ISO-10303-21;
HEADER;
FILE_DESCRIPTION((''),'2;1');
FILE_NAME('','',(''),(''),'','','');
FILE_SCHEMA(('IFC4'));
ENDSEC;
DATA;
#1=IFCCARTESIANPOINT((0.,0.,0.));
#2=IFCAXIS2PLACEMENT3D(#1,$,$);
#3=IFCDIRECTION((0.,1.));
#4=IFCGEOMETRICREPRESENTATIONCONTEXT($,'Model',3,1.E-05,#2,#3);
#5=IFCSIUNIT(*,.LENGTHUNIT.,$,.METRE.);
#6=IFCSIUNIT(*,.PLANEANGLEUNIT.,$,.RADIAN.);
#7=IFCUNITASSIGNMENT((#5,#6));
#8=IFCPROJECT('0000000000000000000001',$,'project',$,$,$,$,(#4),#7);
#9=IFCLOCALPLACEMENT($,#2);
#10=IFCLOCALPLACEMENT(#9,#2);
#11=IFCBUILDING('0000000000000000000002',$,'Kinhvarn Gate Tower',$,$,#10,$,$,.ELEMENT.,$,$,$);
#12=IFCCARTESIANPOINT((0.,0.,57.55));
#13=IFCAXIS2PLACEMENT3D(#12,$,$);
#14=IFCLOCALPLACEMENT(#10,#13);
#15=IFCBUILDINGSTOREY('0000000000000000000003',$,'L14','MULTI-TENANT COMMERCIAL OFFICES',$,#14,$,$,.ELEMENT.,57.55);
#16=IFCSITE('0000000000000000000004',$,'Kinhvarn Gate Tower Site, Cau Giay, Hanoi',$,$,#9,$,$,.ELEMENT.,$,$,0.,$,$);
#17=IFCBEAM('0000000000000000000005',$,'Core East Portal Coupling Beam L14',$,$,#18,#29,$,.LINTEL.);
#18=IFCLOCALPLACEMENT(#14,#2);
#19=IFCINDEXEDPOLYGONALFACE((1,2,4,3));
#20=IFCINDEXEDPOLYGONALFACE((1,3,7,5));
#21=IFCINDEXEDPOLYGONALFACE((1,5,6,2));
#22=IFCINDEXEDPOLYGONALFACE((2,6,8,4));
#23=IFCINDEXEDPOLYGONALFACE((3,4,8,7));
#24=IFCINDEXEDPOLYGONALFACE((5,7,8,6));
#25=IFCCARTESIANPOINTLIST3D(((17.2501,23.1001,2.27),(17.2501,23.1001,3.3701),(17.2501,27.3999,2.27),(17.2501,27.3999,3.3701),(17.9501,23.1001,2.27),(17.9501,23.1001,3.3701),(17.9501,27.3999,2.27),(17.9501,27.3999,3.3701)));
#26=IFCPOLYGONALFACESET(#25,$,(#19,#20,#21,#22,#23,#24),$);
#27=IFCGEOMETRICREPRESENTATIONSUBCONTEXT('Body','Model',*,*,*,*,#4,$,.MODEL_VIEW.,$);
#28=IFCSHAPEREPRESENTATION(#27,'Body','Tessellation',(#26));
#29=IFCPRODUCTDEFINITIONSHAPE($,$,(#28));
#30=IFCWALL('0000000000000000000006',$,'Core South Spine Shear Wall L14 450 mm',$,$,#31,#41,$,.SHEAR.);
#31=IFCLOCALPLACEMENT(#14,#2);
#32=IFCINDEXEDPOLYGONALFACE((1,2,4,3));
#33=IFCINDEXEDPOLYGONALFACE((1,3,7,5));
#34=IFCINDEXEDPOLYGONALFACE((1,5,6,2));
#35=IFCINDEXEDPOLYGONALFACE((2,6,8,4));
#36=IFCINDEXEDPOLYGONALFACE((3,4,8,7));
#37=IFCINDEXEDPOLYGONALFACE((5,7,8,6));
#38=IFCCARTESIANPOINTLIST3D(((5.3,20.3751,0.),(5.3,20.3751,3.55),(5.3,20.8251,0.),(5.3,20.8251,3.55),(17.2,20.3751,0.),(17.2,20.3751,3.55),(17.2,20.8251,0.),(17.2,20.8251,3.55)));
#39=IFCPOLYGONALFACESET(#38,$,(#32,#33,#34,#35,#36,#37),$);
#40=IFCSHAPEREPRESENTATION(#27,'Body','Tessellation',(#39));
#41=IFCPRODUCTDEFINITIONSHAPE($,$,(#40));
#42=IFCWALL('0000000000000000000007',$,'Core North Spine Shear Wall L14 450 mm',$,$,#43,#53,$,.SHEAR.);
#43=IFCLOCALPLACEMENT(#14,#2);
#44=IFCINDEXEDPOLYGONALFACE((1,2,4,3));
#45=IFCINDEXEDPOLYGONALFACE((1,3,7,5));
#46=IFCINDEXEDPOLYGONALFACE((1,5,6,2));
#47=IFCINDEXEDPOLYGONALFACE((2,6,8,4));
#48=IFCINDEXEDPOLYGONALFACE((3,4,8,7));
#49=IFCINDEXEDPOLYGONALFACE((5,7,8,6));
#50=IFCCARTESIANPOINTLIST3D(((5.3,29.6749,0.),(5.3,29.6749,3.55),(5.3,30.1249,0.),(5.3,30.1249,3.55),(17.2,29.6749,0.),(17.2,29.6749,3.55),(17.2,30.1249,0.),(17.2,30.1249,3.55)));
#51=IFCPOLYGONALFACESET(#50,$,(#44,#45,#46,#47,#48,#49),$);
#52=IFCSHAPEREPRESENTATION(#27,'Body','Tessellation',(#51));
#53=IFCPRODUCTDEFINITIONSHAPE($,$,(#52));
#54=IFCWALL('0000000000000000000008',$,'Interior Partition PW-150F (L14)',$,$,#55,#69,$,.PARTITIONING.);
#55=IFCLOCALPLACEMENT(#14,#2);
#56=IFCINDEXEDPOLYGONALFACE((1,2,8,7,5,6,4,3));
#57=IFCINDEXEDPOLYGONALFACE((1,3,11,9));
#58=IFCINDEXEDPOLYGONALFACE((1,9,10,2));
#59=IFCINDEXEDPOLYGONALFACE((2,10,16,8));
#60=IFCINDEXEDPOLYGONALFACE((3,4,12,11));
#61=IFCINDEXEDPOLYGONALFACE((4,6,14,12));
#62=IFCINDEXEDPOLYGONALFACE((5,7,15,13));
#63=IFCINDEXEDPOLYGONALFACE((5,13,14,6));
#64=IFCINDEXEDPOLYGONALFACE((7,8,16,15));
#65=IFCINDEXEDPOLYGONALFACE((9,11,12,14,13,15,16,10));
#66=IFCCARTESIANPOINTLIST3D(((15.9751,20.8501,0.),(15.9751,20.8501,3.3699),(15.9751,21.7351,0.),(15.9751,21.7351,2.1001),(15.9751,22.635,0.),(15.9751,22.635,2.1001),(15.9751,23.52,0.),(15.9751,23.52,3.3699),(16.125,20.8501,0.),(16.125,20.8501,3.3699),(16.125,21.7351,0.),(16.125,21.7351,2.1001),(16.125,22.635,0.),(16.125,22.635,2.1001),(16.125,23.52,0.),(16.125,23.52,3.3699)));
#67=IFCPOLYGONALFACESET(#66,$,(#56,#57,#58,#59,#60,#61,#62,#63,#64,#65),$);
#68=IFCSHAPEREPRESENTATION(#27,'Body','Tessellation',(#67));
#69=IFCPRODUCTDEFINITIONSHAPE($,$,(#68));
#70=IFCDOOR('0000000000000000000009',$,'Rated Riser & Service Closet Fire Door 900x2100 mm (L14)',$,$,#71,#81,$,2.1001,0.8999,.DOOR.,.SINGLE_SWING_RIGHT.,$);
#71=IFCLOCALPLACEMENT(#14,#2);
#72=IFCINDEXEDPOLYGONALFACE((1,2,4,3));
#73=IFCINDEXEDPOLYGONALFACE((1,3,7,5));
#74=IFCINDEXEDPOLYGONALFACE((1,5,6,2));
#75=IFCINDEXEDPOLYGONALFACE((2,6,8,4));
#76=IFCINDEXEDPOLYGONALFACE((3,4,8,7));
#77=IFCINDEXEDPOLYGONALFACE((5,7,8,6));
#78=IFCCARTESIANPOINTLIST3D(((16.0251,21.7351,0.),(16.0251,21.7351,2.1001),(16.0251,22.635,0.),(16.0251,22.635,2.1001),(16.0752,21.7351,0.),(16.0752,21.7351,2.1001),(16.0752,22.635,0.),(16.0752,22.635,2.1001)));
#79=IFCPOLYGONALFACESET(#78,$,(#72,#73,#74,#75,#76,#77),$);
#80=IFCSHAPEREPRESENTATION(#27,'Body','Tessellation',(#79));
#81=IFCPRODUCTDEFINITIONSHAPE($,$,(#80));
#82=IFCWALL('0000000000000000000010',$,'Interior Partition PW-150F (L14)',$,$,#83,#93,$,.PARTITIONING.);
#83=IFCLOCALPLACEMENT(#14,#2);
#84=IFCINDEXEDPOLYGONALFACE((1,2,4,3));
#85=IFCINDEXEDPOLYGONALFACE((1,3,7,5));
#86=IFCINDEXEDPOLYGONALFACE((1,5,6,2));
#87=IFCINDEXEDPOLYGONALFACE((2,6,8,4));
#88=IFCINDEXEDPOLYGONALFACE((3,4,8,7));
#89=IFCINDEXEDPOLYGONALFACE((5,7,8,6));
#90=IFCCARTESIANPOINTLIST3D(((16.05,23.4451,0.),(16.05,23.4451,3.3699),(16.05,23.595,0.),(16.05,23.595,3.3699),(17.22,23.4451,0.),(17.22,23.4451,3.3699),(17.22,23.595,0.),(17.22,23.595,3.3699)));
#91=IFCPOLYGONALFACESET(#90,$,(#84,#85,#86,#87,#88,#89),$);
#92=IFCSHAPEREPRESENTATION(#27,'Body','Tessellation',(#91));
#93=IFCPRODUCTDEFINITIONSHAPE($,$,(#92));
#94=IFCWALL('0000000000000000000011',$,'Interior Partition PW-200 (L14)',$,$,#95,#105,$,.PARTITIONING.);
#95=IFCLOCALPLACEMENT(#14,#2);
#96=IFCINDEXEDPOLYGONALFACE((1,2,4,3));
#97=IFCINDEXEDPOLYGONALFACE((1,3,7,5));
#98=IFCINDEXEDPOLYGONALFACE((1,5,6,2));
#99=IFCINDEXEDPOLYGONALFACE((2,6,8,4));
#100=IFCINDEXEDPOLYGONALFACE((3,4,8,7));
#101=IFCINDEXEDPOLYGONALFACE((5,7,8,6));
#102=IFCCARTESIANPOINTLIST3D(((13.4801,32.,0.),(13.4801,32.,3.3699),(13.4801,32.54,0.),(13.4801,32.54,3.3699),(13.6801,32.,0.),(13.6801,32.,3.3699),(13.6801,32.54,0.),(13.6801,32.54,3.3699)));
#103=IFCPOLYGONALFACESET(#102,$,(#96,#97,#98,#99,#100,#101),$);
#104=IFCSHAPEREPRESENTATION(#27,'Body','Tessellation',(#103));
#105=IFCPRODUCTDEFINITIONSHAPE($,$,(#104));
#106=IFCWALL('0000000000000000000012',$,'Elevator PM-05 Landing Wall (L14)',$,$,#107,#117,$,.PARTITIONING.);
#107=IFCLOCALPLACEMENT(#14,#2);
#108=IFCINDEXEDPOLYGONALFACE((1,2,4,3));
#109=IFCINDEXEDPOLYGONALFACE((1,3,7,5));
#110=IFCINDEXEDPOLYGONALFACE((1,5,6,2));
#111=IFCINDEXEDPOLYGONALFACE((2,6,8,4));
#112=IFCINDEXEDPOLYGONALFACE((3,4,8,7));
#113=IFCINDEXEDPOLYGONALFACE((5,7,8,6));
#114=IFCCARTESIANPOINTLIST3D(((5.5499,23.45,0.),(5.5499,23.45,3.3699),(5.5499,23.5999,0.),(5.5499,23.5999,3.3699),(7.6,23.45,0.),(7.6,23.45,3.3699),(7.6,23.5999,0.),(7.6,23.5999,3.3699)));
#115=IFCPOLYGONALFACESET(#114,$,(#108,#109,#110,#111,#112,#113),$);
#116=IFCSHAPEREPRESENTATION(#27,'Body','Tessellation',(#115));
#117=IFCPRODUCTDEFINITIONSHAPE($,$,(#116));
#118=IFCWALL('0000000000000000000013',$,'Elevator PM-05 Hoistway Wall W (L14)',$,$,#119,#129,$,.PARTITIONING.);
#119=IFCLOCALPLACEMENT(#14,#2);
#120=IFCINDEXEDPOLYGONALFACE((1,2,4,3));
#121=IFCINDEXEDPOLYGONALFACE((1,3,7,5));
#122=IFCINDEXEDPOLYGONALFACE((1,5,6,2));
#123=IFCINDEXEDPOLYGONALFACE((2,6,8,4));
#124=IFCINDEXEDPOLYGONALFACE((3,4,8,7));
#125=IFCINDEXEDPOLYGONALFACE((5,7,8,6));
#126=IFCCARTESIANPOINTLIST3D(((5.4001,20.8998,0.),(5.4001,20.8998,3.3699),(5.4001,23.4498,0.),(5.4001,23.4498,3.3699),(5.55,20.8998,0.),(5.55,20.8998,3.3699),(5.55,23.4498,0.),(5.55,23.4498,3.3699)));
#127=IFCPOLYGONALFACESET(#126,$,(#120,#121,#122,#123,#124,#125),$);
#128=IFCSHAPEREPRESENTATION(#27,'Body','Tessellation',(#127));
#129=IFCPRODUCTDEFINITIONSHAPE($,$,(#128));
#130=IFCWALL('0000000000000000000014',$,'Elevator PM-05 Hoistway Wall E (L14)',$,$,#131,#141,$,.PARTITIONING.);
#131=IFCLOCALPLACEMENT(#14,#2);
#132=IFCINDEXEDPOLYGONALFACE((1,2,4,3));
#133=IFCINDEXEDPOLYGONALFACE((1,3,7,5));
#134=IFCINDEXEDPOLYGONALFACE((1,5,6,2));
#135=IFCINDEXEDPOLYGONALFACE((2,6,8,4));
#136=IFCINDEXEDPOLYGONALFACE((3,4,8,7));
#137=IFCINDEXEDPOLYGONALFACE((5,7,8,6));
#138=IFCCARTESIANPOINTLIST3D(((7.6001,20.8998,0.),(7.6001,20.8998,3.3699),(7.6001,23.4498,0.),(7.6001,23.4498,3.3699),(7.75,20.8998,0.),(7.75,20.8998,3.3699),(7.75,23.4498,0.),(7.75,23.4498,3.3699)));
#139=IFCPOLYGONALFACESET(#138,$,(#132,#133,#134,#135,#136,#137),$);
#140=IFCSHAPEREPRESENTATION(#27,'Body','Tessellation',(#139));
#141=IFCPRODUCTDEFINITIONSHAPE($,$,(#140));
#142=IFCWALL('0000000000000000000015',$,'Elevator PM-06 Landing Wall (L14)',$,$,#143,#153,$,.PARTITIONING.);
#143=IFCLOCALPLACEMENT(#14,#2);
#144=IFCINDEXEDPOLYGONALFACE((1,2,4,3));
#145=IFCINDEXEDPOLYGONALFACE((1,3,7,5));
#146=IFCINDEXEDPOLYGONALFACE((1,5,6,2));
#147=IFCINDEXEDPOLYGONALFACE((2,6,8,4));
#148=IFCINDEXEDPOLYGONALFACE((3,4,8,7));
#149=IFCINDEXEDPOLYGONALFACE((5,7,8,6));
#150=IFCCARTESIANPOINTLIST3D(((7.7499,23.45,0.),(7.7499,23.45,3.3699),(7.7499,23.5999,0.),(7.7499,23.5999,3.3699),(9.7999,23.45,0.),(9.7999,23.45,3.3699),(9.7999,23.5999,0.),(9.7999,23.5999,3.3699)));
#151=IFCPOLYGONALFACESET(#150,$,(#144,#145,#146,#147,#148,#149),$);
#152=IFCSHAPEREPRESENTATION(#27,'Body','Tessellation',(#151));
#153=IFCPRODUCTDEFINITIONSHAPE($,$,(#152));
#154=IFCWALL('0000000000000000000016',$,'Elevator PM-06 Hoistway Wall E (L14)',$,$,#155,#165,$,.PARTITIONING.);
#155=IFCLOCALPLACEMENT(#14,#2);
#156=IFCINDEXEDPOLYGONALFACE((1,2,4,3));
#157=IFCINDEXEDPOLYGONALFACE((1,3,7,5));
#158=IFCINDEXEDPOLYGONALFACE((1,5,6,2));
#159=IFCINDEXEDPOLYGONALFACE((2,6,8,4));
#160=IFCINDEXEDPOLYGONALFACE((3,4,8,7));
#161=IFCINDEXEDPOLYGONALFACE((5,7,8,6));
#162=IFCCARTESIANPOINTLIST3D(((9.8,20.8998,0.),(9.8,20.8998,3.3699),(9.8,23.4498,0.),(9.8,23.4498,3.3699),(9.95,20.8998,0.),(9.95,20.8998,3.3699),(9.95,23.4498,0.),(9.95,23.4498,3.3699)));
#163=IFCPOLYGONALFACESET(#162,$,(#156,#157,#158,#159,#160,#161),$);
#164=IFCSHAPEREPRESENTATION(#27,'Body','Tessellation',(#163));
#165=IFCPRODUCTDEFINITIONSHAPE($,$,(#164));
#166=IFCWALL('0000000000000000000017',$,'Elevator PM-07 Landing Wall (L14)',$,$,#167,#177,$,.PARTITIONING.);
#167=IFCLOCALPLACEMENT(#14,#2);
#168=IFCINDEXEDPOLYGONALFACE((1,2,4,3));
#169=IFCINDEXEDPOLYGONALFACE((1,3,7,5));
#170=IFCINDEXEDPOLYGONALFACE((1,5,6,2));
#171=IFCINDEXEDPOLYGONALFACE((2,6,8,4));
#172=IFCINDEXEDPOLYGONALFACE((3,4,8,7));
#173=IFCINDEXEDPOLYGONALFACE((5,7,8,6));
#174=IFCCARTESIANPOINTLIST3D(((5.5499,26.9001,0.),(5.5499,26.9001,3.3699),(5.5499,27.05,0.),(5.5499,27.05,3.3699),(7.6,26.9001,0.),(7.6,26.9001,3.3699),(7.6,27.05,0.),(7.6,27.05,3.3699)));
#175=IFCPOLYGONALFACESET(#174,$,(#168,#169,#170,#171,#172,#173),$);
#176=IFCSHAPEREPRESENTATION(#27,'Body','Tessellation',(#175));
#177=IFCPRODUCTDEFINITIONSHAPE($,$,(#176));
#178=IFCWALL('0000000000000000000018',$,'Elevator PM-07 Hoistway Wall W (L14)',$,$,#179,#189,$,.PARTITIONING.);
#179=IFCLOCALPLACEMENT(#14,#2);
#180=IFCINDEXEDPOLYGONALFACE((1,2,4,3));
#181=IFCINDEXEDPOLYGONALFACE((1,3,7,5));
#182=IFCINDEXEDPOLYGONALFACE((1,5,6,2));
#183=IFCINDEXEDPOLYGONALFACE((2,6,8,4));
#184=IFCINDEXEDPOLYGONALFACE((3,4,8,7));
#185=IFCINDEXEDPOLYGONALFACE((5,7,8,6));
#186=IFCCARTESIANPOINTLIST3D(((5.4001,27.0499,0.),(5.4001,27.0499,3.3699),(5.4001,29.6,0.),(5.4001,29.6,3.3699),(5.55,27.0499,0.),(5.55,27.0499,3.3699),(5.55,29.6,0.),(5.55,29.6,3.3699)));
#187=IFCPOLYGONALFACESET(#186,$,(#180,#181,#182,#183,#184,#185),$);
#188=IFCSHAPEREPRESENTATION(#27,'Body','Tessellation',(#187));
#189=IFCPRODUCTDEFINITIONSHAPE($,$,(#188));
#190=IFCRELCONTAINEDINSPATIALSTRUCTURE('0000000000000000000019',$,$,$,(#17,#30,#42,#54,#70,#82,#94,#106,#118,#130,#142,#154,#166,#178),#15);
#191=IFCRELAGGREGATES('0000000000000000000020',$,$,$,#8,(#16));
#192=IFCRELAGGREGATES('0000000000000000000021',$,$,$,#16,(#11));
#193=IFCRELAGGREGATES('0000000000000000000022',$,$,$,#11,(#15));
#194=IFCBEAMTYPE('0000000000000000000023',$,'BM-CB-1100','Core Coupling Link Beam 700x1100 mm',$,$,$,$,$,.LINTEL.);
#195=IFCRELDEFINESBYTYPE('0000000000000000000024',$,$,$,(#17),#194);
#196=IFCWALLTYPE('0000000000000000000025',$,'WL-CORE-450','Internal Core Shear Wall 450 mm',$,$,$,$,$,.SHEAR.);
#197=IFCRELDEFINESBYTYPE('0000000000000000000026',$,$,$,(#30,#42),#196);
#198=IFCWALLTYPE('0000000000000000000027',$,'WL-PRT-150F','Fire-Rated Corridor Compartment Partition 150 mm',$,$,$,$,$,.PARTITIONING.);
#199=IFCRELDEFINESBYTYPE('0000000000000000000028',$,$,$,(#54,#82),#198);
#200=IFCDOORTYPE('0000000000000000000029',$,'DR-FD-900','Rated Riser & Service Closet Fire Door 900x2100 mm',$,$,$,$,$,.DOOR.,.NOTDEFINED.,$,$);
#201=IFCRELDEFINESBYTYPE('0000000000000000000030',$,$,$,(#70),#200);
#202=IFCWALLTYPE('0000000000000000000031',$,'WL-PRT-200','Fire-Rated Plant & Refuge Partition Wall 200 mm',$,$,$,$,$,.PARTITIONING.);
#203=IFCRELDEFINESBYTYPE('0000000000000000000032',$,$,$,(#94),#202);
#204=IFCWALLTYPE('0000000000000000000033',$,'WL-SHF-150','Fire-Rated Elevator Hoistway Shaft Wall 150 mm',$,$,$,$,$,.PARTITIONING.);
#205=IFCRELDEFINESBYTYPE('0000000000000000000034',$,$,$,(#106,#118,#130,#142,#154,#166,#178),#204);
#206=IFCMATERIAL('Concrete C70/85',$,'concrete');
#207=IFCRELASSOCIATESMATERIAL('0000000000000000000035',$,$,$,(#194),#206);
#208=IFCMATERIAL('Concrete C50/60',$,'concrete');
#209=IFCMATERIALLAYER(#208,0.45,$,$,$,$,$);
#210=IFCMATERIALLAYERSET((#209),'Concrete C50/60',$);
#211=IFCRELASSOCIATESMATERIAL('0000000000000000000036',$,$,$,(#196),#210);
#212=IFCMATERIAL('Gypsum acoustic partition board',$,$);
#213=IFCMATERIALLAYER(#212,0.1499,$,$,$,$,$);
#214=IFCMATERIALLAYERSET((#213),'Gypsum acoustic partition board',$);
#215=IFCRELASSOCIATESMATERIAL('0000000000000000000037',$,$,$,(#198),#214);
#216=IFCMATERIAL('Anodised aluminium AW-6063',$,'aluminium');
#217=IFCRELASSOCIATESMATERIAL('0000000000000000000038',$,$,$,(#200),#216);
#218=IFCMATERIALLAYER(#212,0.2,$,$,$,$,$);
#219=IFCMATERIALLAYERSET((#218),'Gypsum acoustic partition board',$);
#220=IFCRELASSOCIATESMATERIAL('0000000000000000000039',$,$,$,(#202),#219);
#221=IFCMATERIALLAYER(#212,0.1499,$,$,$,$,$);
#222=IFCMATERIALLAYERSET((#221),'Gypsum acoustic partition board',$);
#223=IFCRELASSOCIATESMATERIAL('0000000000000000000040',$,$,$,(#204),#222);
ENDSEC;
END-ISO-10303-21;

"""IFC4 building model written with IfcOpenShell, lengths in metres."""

from ifc_helpers import new_model, si_unit, direction, frame, frame_2d, origin, origin_2d, place, context, subcontext, project, spatial, rectangle, extrude, material, layer, layer_set, material_profile, profile_set, type_object, element, fill, save


model = new_model("IFC4")

# Units and contexts
model_context = context("Model", 3, precision=1e-05, world=origin(), true_north=direction((0.0, 1.0)))
body_context = subcontext(model_context, "Body", "Model", "MODEL_VIEW")
ifc_project = project(units=[si_unit("LENGTHUNIT", "METRE"), si_unit("PLANEANGLEUNIT", "RADIAN")], contexts=[model_context])

# Site, building, storey
site_placement = place(None, origin())
site = spatial("IfcSite", under=ifc_project, at=site_placement, Name="Kinhvarn Gate Tower Site, Cau Giay, Hanoi", CompositionType="ELEMENT", RefElevation=0.0)
building_placement = place(site_placement, origin())
building = spatial("IfcBuilding", under=site, at=building_placement, Name="Kinhvarn Gate Tower", CompositionType="ELEMENT")
storey_placement = place(building_placement, frame((0.0, 0.0, 57.55)))
storey = spatial("IfcBuildingStorey", under=building, at=storey_placement, Name="L14", Description="MULTI-TENANT COMMERCIAL OFFICES", CompositionType="ELEMENT", Elevation=57.55)

# Beam
ifc_material_1 = material(Name="Concrete C70/85", Category="concrete")
ifc_material_profile = material_profile(ifc_material_1, rectangle(XDim=0.7, YDim=1.1001, at=origin_2d()), Name="RC 700x1100")
ifc_profile_set = profile_set([ifc_material_profile], Name="Concrete C70/85")
beam_type = type_object("IfcBeamType", Name="BM-CB-1100", Description="Core Coupling Link Beam 700x1100 mm", PredefinedType="LINTEL", material=ifc_profile_set)
beam_placement = place(storey_placement, frame((17.6001, 23.1001, 2.8201), z_axis=(0.0, 1.0, 0.0), x_axis=(-1.0, 0.0, 0.0)))
element("IfcBeam", 1, at=beam_placement, inside=storey, type_object=beam_type, Name="Core East Portal Coupling Beam L14", PredefinedType="LINTEL", context=body_context, shape_type="SweptSolid", body=[
    extrude(rectangle(XDim=0.7, YDim=1.1001, at=origin_2d()), origin(), (0.0, 0.0, 1.0), 4.2998),
])

# Walls
ifc_material_2 = material(Name="Concrete C50/60", Category="concrete")
ifc_layer_1 = layer(ifc_material_2, 0.45)
ifc_layer_set_1 = layer_set([ifc_layer_1], Name="Concrete C50/60")
wall_type_1 = type_object("IfcWallType", Name="WL-CORE-450", Description="Internal Core Shear Wall 450 mm", PredefinedType="SHEAR", material=ifc_layer_set_1)
for number, where, z_axis, x_axis, name in (
    (2, (5.3, 20.6001, 0.0), (0.0, 0.0, 1.0), (1.0, 0.0, 0.0), "Core South Spine Shear Wall L14 450 mm"),
    (3, (5.3, 29.8999, 0.0), (0.0, 0.0, 1.0), (1.0, 0.0, 0.0), "Core North Spine Shear Wall L14 450 mm"),
):
    element("IfcWall", number, at=place(storey_placement, frame(where, z_axis=z_axis, x_axis=x_axis)), inside=storey, type_object=wall_type_1, Name=name, PredefinedType="SHEAR", context=body_context, shape_type="SweptSolid", body=[
        extrude(rectangle(XDim=11.8999, YDim=0.45, at=frame_2d((5.95, 0.0))), origin(), (0.0, 0.0, 1.0), 3.55),
    ])

# Wall, opening, door
ifc_material_3 = material(Name="Anodised aluminium AW-6063", Category="aluminium")
ifc_material_4 = material(Name="Gypsum acoustic partition board")
ifc_layer_2 = layer(ifc_material_4, 0.1499)
ifc_layer_set_2 = layer_set([ifc_layer_2], Name="Gypsum acoustic partition board")
wall_type_2 = type_object("IfcWallType", Name="WL-PRT-150F", Description="Fire-Rated Corridor Compartment Partition 150 mm", PredefinedType="PARTITIONING", material=ifc_layer_set_2)
wall_1_placement = place(storey_placement, frame((16.05, 20.8501, 0.0), z_axis=(0.0, 0.0, 1.0), x_axis=(0.0, 1.0, 0.0)))
wall_1 = element("IfcWall", 4, at=wall_1_placement, inside=storey, type_object=wall_type_2, Name="Interior Partition PW-150F (L14)", PredefinedType="PARTITIONING", context=body_context, shape_type="SweptSolid", body=[
    extrude(rectangle(XDim=2.6699, YDim=0.1499, at=frame_2d((1.335, 0.0))), origin(), (0.0, 0.0, 1.0), 3.3699),
])
opening_1_placement = place(wall_1_placement, frame((0.885, 0.0, 0.0)))
opening_1 = element("IfcOpeningElement", 5, at=opening_1_placement, cuts=wall_1, PredefinedType="OPENING", context=body_context, shape_type="SweptSolid", body=[
    extrude(rectangle(XDim=0.8999, YDim=2.1001, at=frame_2d((0.45, 1.05))), frame((0.0, 0.085, 0.0), z_axis=(0.0, -1.0, 0.0), x_axis=(1.0, 0.0, 0.0)), (0.0, 0.0, 1.0), 0.1699),
])
door_type_1 = type_object("IfcDoorType", Name="DR-FD-900", Description="Rated Riser & Service Closet Fire Door 900x2100 mm", OperationType="NOTDEFINED", PredefinedType="DOOR", material=ifc_material_3)
door_1_placement = place(opening_1_placement, origin())
door_1 = element("IfcDoor", 6, at=door_1_placement, inside=storey, type_object=door_type_1, Name="Rated Riser & Service Closet Fire Door 900x2100 mm (L14)", OperationType="SINGLE_SWING_RIGHT", OverallHeight=2.1001, OverallWidth=0.8999, PredefinedType="DOOR", context=body_context, shape_type="SweptSolid", body=[
    extrude(rectangle(XDim=0.8999, YDim=2.1001, at=frame_2d((0.45, 1.05))), frame((0.0, 0.0249, 0.0), z_axis=(0.0, -1.0, 0.0), x_axis=(1.0, 0.0, 0.0)), (0.0, 0.0, 1.0), 0.05),
])
fill(opening_1, door_1)

# Walls
wall_2_placement = place(storey_placement, frame((16.05, 23.52, 0.0), z_axis=(0.0, 0.0, 1.0), x_axis=(1.0, 0.0, 0.0)))
element("IfcWall", 7, at=wall_2_placement, inside=storey, type_object=wall_type_2, Name="Interior Partition PW-150F (L14)", PredefinedType="PARTITIONING", context=body_context, shape_type="SweptSolid", body=[
    extrude(rectangle(XDim=1.1699, YDim=0.1499, at=frame_2d((0.585, 0.0))), origin(), (0.0, 0.0, 1.0), 3.3699),
])
ifc_layer_3 = layer(ifc_material_4, 0.2)
ifc_layer_set_3 = layer_set([ifc_layer_3], Name="Gypsum acoustic partition board")
wall_type_3 = type_object("IfcWallType", Name="WL-PRT-200", Description="Fire-Rated Plant & Refuge Partition Wall 200 mm", PredefinedType="PARTITIONING", material=ifc_layer_set_3)
wall_3_placement = place(storey_placement, frame((13.5801, 32.0, 0.0), z_axis=(0.0, 0.0, 1.0), x_axis=(0.0, 1.0, 0.0)))
element("IfcWall", 8, at=wall_3_placement, inside=storey, type_object=wall_type_3, Name="Interior Partition PW-200 (L14)", PredefinedType="PARTITIONING", context=body_context, shape_type="SweptSolid", body=[
    extrude(rectangle(XDim=0.54, YDim=0.2, at=frame_2d((0.27, 0.0))), origin(), (0.0, 0.0, 1.0), 3.3699),
])
ifc_layer_4 = layer(ifc_material_4, 0.1499)
ifc_layer_set_4 = layer_set([ifc_layer_4], Name="Gypsum acoustic partition board")
wall_type_4 = type_object("IfcWallType", Name="WL-SHF-150", Description="Fire-Rated Elevator Hoistway Shaft Wall 150 mm", PredefinedType="PARTITIONING", material=ifc_layer_set_4)
wall_4_placement = place(storey_placement, frame((5.55, 23.5249, 0.0), z_axis=(0.0, 0.0, 1.0), x_axis=(1.0, 0.0, 0.0)))
element("IfcWall", 9, at=wall_4_placement, inside=storey, type_object=wall_type_4, Name="Elevator PM-05 Landing Wall (L14)", PredefinedType="PARTITIONING", context=body_context, shape_type="SweptSolid", body=[
    extrude(rectangle(XDim=2.05, YDim=0.1499, at=frame_2d((1.0249, 0.0))), origin(), (0.0, 0.0, 1.0), 3.3699),
])
for number, where, z_axis, x_axis, name in (
    (10, (5.4751, 20.8999, 0.0), (0.0, 0.0, 1.0), (0.0, 1.0, 0.0), "Elevator PM-05 Hoistway Wall W (L14)"),
    (11, (7.675, 20.8999, 0.0), (0.0, 0.0, 1.0), (0.0, 1.0, 0.0), "Elevator PM-05 Hoistway Wall E (L14)"),
):
    element("IfcWall", number, at=place(storey_placement, frame(where, z_axis=z_axis, x_axis=x_axis)), inside=storey, type_object=wall_type_4, Name=name, PredefinedType="PARTITIONING", context=body_context, shape_type="SweptSolid", body=[
        extrude(rectangle(XDim=2.55, YDim=0.1499, at=frame_2d((1.2749, 0.0))), origin(), (0.0, 0.0, 1.0), 3.3699),
    ])
wall_5_placement = place(storey_placement, frame((7.75, 23.5249, 0.0), z_axis=(0.0, 0.0, 1.0), x_axis=(1.0, 0.0, 0.0)))
element("IfcWall", 12, at=wall_5_placement, inside=storey, type_object=wall_type_4, Name="Elevator PM-06 Landing Wall (L14)", PredefinedType="PARTITIONING", context=body_context, shape_type="SweptSolid", body=[
    extrude(rectangle(XDim=2.05, YDim=0.1499, at=frame_2d((1.0249, 0.0))), origin(), (0.0, 0.0, 1.0), 3.3699),
])
wall_6_placement = place(storey_placement, frame((9.875, 20.8999, 0.0), z_axis=(0.0, 0.0, 1.0), x_axis=(0.0, 1.0, 0.0)))
element("IfcWall", 13, at=wall_6_placement, inside=storey, type_object=wall_type_4, Name="Elevator PM-06 Hoistway Wall E (L14)", PredefinedType="PARTITIONING", context=body_context, shape_type="SweptSolid", body=[
    extrude(rectangle(XDim=2.55, YDim=0.1499, at=frame_2d((1.2749, 0.0))), origin(), (0.0, 0.0, 1.0), 3.3699),
])
wall_7_placement = place(storey_placement, frame((5.55, 26.9751, 0.0), z_axis=(0.0, 0.0, 1.0), x_axis=(1.0, 0.0, 0.0)))
element("IfcWall", 14, at=wall_7_placement, inside=storey, type_object=wall_type_4, Name="Elevator PM-07 Landing Wall (L14)", PredefinedType="PARTITIONING", context=body_context, shape_type="SweptSolid", body=[
    extrude(rectangle(XDim=2.05, YDim=0.1499, at=frame_2d((1.0249, 0.0))), origin(), (0.0, 0.0, 1.0), 3.3699),
])
for number, where, z_axis, x_axis, name in (
    (15, (5.4751, 27.05, 0.0), (0.0, 0.0, 1.0), (0.0, 1.0, 0.0), "Elevator PM-07 Hoistway Wall W (L14)"),
):
    element("IfcWall", number, at=place(storey_placement, frame(where, z_axis=z_axis, x_axis=x_axis)), inside=storey, type_object=wall_type_4, Name=name, PredefinedType="PARTITIONING", context=body_context, shape_type="SweptSolid", body=[
        extrude(rectangle(XDim=2.55, YDim=0.1499, at=frame_2d((1.2749, 0.0))), origin(), (0.0, 0.0, 1.0), 3.3699),
    ])

save(model, "model.ifc")
